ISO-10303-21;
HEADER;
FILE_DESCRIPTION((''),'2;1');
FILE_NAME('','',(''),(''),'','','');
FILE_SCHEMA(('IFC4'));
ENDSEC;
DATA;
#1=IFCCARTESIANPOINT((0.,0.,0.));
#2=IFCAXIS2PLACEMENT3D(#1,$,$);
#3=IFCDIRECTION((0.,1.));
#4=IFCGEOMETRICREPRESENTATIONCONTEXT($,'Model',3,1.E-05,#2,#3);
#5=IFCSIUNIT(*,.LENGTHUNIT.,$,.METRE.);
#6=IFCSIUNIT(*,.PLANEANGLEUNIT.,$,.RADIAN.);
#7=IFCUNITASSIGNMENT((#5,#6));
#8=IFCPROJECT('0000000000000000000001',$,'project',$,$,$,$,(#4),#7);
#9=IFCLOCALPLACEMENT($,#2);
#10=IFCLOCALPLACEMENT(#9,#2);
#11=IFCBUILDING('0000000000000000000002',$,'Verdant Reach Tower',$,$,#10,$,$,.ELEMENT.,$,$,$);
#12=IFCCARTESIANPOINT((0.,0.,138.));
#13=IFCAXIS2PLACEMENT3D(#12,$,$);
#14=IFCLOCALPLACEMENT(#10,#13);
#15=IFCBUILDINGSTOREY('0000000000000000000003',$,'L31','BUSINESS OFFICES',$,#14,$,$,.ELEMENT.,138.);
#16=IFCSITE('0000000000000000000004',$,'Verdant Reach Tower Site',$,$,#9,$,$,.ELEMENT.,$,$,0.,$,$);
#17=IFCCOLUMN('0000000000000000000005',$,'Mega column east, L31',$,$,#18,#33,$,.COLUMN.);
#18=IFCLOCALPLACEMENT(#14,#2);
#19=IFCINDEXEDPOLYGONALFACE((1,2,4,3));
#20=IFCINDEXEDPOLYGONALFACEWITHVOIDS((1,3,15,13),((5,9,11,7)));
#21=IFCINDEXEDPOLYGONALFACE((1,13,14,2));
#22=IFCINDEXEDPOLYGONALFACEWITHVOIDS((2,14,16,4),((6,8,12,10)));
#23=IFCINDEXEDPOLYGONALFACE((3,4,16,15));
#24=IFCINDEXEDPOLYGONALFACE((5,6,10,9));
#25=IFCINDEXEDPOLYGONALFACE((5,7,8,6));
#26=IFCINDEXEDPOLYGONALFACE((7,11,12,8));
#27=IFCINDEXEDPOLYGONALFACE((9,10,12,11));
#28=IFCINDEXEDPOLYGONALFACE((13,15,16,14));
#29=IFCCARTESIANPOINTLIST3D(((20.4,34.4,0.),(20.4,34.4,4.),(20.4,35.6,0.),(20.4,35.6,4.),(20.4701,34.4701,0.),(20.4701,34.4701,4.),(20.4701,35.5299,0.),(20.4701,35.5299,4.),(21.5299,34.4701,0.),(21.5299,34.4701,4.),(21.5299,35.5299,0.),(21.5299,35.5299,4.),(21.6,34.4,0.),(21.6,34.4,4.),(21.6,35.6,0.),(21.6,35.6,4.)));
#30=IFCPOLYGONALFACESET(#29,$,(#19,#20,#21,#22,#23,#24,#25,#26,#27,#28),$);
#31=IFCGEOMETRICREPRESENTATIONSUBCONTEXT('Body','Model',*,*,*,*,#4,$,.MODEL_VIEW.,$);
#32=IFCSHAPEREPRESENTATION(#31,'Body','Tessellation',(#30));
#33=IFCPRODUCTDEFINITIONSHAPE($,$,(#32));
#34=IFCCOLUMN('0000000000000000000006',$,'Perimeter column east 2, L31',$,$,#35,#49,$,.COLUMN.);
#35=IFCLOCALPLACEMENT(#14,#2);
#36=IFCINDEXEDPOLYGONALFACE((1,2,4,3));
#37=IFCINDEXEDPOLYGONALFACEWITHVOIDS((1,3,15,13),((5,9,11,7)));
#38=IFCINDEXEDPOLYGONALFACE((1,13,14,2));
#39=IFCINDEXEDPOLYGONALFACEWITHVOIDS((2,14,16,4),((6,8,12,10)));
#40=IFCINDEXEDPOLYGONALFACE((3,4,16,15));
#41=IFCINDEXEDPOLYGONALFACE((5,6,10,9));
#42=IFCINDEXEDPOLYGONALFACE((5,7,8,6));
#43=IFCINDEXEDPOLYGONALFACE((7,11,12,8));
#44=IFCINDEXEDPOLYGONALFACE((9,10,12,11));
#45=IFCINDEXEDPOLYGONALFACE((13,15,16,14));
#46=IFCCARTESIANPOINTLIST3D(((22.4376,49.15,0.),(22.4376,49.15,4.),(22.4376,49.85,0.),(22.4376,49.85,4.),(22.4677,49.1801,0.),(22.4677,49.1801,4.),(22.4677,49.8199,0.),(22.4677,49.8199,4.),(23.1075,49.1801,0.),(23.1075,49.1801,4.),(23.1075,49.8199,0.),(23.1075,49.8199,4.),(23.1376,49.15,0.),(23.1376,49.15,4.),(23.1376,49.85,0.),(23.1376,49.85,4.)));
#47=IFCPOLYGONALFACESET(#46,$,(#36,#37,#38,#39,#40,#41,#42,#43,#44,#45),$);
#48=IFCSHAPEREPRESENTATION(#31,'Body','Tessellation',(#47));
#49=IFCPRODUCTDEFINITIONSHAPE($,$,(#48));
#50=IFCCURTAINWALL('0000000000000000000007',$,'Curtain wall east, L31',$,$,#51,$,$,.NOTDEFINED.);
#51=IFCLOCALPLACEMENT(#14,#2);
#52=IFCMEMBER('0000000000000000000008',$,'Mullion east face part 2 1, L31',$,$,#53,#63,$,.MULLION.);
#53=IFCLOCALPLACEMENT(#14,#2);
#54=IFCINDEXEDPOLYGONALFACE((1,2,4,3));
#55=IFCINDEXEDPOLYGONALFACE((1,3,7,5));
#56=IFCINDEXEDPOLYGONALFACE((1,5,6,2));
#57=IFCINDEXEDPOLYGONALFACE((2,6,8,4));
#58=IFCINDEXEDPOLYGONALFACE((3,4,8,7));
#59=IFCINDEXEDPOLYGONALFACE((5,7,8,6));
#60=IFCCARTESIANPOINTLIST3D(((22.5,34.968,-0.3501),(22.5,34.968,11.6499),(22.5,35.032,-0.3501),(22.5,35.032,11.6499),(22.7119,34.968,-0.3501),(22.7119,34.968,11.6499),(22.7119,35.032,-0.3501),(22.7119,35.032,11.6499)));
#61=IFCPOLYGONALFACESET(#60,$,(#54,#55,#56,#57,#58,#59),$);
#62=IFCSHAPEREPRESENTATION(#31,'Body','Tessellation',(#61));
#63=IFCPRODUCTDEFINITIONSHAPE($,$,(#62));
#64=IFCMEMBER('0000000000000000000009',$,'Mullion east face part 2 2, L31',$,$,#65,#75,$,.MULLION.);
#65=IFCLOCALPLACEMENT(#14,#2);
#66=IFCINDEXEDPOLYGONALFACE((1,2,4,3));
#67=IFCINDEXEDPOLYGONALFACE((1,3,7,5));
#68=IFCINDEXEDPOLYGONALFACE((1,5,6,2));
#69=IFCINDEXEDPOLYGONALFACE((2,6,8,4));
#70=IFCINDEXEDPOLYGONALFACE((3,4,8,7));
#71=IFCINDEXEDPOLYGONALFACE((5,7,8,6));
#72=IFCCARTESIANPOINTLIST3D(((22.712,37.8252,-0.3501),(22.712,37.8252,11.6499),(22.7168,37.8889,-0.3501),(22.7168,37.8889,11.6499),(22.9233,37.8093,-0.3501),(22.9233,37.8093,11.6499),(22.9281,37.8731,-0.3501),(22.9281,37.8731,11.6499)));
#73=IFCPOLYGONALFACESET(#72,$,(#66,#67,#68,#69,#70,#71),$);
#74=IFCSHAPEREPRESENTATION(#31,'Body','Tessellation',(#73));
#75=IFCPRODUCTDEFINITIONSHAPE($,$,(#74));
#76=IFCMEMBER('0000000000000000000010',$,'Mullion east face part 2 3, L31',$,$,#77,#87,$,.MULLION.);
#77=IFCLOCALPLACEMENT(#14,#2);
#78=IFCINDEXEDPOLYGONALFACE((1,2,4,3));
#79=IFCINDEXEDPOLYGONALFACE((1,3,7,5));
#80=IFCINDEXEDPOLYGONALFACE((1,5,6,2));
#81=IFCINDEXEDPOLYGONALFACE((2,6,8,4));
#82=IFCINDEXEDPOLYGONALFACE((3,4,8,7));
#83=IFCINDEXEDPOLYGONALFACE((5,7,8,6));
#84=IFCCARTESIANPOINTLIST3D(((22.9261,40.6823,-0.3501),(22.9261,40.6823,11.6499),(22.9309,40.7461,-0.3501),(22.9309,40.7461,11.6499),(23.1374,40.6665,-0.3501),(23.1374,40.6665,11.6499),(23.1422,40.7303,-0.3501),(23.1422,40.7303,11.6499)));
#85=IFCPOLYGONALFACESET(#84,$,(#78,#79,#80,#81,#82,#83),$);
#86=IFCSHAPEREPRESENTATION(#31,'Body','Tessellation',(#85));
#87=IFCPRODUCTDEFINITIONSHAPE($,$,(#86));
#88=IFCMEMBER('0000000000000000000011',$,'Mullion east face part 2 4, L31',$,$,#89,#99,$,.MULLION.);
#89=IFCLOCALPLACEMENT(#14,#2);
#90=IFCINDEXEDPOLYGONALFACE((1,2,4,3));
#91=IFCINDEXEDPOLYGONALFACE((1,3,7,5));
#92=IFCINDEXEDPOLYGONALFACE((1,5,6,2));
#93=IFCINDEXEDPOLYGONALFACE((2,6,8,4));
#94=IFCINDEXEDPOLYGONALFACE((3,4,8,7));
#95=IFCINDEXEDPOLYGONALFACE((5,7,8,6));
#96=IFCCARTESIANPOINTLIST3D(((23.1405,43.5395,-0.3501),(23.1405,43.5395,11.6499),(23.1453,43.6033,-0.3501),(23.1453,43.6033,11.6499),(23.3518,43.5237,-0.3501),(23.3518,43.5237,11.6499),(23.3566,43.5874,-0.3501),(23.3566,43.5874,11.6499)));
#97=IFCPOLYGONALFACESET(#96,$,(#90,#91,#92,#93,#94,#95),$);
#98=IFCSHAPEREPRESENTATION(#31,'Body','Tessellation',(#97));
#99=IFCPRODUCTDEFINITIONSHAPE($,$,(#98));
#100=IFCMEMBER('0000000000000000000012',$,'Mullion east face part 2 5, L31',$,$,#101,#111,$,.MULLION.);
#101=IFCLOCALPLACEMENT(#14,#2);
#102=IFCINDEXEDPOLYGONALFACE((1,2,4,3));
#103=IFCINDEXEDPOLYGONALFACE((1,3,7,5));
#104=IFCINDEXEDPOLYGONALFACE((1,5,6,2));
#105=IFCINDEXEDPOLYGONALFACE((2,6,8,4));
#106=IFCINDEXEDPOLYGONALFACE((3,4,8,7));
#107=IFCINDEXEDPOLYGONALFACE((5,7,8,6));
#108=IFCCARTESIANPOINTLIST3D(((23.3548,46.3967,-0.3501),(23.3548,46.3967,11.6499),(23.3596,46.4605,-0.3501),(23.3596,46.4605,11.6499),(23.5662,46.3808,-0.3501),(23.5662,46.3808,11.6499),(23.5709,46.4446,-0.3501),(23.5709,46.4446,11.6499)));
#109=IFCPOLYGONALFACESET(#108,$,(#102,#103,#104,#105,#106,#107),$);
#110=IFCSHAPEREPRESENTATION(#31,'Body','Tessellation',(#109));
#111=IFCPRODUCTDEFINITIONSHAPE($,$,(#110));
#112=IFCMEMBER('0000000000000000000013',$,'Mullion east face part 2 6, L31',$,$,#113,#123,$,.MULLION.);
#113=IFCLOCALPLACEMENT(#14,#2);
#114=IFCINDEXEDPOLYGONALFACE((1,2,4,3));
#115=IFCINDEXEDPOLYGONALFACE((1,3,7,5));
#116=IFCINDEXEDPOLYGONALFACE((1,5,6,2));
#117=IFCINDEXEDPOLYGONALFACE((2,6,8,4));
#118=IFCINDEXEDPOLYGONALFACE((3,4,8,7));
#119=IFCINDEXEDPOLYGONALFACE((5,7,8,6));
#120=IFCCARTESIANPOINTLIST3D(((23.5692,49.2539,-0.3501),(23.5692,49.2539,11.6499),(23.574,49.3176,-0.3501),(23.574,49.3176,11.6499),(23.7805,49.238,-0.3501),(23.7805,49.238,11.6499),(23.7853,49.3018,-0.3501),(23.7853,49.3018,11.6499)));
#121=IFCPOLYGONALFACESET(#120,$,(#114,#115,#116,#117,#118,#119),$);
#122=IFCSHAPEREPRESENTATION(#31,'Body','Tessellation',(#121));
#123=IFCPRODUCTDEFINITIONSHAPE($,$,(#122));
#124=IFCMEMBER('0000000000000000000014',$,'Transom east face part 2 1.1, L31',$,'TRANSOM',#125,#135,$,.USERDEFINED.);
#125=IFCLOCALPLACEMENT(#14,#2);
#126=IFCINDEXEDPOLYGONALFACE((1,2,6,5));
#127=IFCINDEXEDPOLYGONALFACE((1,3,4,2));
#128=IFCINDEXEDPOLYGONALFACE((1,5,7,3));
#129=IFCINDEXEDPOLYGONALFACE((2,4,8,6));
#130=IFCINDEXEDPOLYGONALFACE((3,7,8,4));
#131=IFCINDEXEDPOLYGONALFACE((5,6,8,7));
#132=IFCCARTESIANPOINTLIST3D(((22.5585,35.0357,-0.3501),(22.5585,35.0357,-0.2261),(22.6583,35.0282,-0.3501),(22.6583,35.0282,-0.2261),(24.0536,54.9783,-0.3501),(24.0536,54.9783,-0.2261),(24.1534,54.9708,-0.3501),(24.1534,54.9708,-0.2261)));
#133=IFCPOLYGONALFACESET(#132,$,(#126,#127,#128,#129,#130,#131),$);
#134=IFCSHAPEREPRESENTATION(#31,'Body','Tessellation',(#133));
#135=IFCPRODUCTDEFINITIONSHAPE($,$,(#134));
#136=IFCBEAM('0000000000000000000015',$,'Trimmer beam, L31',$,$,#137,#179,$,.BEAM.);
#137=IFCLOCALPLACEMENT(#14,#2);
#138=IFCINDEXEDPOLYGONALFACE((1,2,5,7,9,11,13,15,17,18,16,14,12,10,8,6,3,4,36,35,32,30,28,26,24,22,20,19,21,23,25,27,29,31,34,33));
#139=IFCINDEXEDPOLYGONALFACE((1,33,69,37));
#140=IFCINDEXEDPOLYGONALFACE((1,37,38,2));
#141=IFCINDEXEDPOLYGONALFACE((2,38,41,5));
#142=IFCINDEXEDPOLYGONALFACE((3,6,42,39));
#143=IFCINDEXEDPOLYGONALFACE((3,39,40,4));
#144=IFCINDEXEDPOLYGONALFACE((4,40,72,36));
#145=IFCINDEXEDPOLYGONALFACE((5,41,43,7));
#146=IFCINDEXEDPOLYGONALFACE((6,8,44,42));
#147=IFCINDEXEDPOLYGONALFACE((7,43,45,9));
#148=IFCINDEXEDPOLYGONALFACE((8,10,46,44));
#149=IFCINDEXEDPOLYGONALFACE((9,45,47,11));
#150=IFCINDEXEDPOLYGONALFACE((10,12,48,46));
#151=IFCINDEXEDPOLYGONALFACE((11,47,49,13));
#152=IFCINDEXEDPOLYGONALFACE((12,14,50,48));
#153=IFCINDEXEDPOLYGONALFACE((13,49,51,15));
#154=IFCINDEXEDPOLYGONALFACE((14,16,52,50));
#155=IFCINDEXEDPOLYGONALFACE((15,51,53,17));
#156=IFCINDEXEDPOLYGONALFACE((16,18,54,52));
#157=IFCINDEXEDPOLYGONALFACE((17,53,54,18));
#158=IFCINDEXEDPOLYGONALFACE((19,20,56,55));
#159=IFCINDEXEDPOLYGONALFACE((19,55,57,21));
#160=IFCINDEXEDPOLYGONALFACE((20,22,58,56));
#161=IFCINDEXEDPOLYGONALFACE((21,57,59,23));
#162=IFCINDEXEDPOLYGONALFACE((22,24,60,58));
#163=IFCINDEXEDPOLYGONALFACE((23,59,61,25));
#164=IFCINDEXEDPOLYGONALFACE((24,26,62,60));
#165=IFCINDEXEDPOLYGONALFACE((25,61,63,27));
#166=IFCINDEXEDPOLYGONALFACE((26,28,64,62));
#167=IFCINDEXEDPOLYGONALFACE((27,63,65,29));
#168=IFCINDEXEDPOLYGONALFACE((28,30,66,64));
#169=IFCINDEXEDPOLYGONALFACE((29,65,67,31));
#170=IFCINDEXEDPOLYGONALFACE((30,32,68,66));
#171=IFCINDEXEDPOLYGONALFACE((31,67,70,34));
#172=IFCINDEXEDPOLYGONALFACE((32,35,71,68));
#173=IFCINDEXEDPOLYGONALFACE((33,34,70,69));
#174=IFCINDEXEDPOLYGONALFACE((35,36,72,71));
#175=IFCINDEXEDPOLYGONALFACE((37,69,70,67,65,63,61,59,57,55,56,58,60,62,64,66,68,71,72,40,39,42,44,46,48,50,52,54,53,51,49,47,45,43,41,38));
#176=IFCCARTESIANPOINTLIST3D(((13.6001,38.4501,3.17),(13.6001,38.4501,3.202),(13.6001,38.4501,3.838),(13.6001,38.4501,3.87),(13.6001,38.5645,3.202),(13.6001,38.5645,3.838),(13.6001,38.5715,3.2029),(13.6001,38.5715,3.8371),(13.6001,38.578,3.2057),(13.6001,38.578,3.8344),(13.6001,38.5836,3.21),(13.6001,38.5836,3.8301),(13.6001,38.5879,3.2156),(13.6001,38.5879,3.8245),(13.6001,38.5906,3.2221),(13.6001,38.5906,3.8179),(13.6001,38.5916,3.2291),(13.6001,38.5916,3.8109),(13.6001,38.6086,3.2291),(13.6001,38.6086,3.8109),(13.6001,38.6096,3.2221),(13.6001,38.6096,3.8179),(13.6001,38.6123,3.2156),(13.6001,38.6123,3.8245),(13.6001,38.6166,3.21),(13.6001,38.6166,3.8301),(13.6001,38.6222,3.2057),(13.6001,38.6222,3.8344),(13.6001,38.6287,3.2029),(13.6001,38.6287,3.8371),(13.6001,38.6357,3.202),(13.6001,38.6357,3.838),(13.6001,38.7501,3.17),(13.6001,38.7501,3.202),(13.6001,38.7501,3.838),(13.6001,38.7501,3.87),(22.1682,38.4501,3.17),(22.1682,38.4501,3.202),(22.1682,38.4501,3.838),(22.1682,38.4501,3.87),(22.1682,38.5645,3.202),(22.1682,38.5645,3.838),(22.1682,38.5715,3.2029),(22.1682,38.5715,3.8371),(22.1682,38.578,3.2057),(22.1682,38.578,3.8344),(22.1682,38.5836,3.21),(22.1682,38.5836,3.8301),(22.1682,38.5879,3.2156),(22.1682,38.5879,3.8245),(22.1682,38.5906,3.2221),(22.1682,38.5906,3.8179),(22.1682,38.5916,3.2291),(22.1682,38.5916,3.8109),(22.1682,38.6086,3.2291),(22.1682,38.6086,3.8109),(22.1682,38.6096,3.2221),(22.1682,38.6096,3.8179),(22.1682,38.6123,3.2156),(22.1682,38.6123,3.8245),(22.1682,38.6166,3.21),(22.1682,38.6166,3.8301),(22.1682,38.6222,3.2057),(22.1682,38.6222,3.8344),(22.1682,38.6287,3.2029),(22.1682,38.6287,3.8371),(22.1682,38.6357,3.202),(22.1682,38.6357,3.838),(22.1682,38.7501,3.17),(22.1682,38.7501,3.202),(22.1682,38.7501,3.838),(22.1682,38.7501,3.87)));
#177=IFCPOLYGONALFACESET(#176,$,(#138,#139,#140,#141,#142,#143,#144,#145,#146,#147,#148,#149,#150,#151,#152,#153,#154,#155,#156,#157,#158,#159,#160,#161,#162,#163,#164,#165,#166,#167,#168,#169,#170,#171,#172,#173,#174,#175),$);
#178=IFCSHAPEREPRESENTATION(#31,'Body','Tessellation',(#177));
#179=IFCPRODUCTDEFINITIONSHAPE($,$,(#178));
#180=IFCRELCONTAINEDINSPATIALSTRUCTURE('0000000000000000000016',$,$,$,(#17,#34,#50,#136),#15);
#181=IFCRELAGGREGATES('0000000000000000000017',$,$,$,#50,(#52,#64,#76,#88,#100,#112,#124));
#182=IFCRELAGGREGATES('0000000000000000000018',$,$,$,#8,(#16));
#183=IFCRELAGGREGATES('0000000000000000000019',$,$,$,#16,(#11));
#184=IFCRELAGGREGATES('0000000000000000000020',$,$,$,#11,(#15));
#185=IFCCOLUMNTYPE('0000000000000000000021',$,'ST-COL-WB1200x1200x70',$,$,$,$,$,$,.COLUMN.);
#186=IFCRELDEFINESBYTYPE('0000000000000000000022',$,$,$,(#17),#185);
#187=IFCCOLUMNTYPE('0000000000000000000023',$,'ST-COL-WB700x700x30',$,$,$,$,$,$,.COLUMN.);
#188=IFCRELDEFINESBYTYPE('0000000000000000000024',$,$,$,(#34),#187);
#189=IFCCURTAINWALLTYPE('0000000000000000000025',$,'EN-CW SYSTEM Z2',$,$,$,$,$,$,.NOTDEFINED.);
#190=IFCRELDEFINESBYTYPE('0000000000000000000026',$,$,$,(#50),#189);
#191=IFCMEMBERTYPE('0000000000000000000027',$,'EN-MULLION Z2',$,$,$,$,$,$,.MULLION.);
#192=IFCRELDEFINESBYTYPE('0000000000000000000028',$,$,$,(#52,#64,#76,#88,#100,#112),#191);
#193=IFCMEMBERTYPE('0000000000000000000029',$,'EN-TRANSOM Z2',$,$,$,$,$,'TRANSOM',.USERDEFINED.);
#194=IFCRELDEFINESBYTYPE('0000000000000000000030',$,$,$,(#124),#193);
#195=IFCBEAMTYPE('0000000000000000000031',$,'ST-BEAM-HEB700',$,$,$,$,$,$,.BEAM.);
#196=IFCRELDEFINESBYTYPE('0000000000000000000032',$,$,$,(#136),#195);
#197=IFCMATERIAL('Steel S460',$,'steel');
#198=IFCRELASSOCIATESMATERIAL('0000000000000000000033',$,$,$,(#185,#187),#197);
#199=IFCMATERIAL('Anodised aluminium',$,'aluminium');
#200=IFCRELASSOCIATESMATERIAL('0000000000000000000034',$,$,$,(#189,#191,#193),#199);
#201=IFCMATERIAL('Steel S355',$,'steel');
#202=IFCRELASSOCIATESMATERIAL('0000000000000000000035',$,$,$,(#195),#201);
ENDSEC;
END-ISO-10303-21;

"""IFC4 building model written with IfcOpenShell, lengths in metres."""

from ifc_helpers import new_model, si_unit, direction, frame, origin, origin_2d, place, context, subcontext, project, spatial, rectangle, hollow_rectangle, i_section, extrude, material, material_profile, profile_set, type_object, element, aggregate, save


model = new_model("IFC4")

# Units and contexts
model_context = context("Model", 3, precision=1e-05, world=origin(), true_north=direction((0.0, 1.0)))
body_context = subcontext(model_context, "Body", "Model", "MODEL_VIEW")
ifc_project = project(units=[si_unit("LENGTHUNIT", "METRE"), si_unit("PLANEANGLEUNIT", "RADIAN")], contexts=[model_context])

# Site, building, storey
site_placement = place(None, origin())
site = spatial("IfcSite", under=ifc_project, at=site_placement, Name="Verdant Reach Tower Site", CompositionType="ELEMENT", RefElevation=0.0)
building_placement = place(site_placement, origin())
building = spatial("IfcBuilding", under=site, at=building_placement, Name="Verdant Reach Tower", CompositionType="ELEMENT")
storey_placement = place(building_placement, frame((0.0, 0.0, 138.0)))
storey = spatial("IfcBuildingStorey", under=building, at=storey_placement, Name="L31", Description="BUSINESS OFFICES", CompositionType="ELEMENT", Elevation=138.0)

# Columns
ifc_material_1 = material(Name="Steel S460", Category="steel")
ifc_material_profile_1 = material_profile(ifc_material_1, hollow_rectangle(XDim=1.2, YDim=1.2, WallThickness=0.0701, at=origin_2d()), Name="WB 1200x1200x70")
ifc_profile_set_1 = profile_set([ifc_material_profile_1], Name="Steel S460")
column_type_1 = type_object("IfcColumnType", Name="ST-COL-WB1200x1200x70", PredefinedType="COLUMN", material=ifc_profile_set_1)
column_1_placement = place(storey_placement, frame((21.0, 35.0, 0.0), z_axis=(0.0, 0.0, 1.0), x_axis=(1.0, 0.0, 0.0)))
element("IfcColumn", 1, at=column_1_placement, inside=storey, type_object=column_type_1, Name="Mega column east, L31", PredefinedType="COLUMN", context=body_context, shape_type="SweptSolid", body=[
    extrude(hollow_rectangle(XDim=1.2, YDim=1.2, WallThickness=0.0701, at=origin_2d()), origin(), (0.0, 0.0, 1.0), 4.0),
])
ifc_material_profile_2 = material_profile(ifc_material_1, hollow_rectangle(XDim=0.7, YDim=0.7, WallThickness=0.03, at=origin_2d()), Name="WB 700x700x30")
ifc_profile_set_2 = profile_set([ifc_material_profile_2], Name="Steel S460")
column_type_2 = type_object("IfcColumnType", Name="ST-COL-WB700x700x30", PredefinedType="COLUMN", material=ifc_profile_set_2)
column_2_placement = place(storey_placement, frame((22.7876, 49.5, 0.0), z_axis=(0.0, 0.0, 1.0), x_axis=(1.0, 0.0, 0.0)))
element("IfcColumn", 2, at=column_2_placement, inside=storey, type_object=column_type_2, Name="Perimeter column east 2, L31", PredefinedType="COLUMN", context=body_context, shape_type="SweptSolid", body=[
    extrude(hollow_rectangle(XDim=0.7, YDim=0.7, WallThickness=0.03, at=origin_2d()), origin(), (0.0, 0.0, 1.0), 4.0),
])

# Curtain wall, members
ifc_material_2 = material(Name="Anodised aluminium", Category="aluminium")
curtain_wall_type = type_object("IfcCurtainWallType", Name="EN-CW SYSTEM Z2", PredefinedType="NOTDEFINED", material=ifc_material_2)
curtain_wall_placement = place(storey_placement, origin())
curtain_wall = element("IfcCurtainWall", 3, at=curtain_wall_placement, inside=storey, type_object=curtain_wall_type, Name="Curtain wall east, L31", PredefinedType="NOTDEFINED")
ifc_material_profile_3 = material_profile(ifc_material_2, rectangle(XDim=0.2119, YDim=0.064, at=origin_2d()), Name="Mullion 64x212")
ifc_profile_set_3 = profile_set([ifc_material_profile_3], Name="Anodised aluminium")
member_type_1 = type_object("IfcMemberType", Name="EN-MULLION Z2", PredefinedType="MULLION", material=ifc_profile_set_3)
member_1_placement = place(storey_placement, frame((22.606, 35.0, -0.3501), z_axis=(0.0, 0.0, 1.0), x_axis=(1.0, 0.0, 0.0)))
member_1 = element("IfcMember", 4, at=member_1_placement, type_object=member_type_1, Name="Mullion east face part 2 1, L31", PredefinedType="MULLION", context=body_context, shape_type="SweptSolid", body=[
    extrude(rectangle(XDim=0.2119, YDim=0.064, at=origin_2d()), origin(), (0.0, 0.0, 1.0), 12.0),
])
member_2_placement = place(storey_placement, frame((22.8201, 37.8491, -0.3501), z_axis=(0.0, 0.0, 1.0), x_axis=(0.997199, -0.07479, 0.0)))
member_2 = element("IfcMember", 5, at=member_2_placement, type_object=member_type_1, Name="Mullion east face part 2 2, L31", PredefinedType="MULLION", context=body_context, shape_type="SweptSolid", body=[
    extrude(rectangle(XDim=0.2119, YDim=0.064, at=origin_2d()), origin(), (0.0, 0.0, 1.0), 12.0),
])
member_3_placement = place(storey_placement, frame((23.0342, 40.7063, -0.3501), z_axis=(0.0, 0.0, 1.0), x_axis=(0.997199, -0.07479, 0.0)))
member_3 = element("IfcMember", 6, at=member_3_placement, type_object=member_type_1, Name="Mullion east face part 2 3, L31", PredefinedType="MULLION", context=body_context, shape_type="SweptSolid", body=[
    extrude(rectangle(XDim=0.2119, YDim=0.064, at=origin_2d()), origin(), (0.0, 0.0, 1.0), 12.0),
])
member_4_placement = place(storey_placement, frame((23.2485, 43.5635, -0.3501), z_axis=(0.0, 0.0, 1.0), x_axis=(0.997199, -0.07479, 0.0)))
member_4 = element("IfcMember", 7, at=member_4_placement, type_object=member_type_1, Name="Mullion east face part 2 4, L31", PredefinedType="MULLION", context=body_context, shape_type="SweptSolid", body=[
    extrude(rectangle(XDim=0.2119, YDim=0.064, at=origin_2d()), origin(), (0.0, 0.0, 1.0), 12.0),
])
member_5_placement = place(storey_placement, frame((23.4629, 46.4207, -0.3501), z_axis=(0.0, 0.0, 1.0), x_axis=(0.997199, -0.07479, 0.0)))
member_5 = element("IfcMember", 8, at=member_5_placement, type_object=member_type_1, Name="Mullion east face part 2 5, L31", PredefinedType="MULLION", context=body_context, shape_type="SweptSolid", body=[
    extrude(rectangle(XDim=0.2119, YDim=0.064, at=origin_2d()), origin(), (0.0, 0.0, 1.0), 12.0),
])
member_6_placement = place(storey_placement, frame((23.6772, 49.2778, -0.3501), z_axis=(0.0, 0.0, 1.0), x_axis=(0.997199, -0.07479, 0.0)))
member_6 = element("IfcMember", 9, at=member_6_placement, type_object=member_type_1, Name="Mullion east face part 2 6, L31", PredefinedType="MULLION", context=body_context, shape_type="SweptSolid", body=[
    extrude(rectangle(XDim=0.2119, YDim=0.064, at=origin_2d()), origin(), (0.0, 0.0, 1.0), 12.0),
])
ifc_material_profile_4 = material_profile(ifc_material_2, rectangle(XDim=0.1001, YDim=0.124, at=origin_2d()), Name="Transom 124x100")
ifc_profile_set_4 = profile_set([ifc_material_profile_4], Name="Anodised aluminium")
member_type_2 = type_object("IfcMemberType", Name="EN-TRANSOM Z2", ElementType="TRANSOM", PredefinedType="USERDEFINED", material=ifc_profile_set_4)
member_7_placement = place(storey_placement, frame((22.6084, 35.032, -0.2881), z_axis=(0.074761, 0.997201, 0.0), x_axis=(-0.997201, 0.074761, 0.0)))
member_7 = element("IfcMember", 10, at=member_7_placement, type_object=member_type_2, Name="Transom east face part 2 1.1, L31", ObjectType="TRANSOM", PredefinedType="USERDEFINED", context=body_context, shape_type="SweptSolid", body=[
    extrude(rectangle(XDim=0.1001, YDim=0.124, at=origin_2d()), origin(), (0.0, 0.0, 1.0), 19.9985),
])

# Beam
ifc_material_3 = material(Name="Steel S355", Category="steel")
ifc_material_profile_5 = material_profile(ifc_material_3, i_section(OverallWidth=0.3, OverallDepth=0.7, WebThickness=0.0171, FlangeThickness=0.032, FilletRadius=0.0271, at=origin_2d()), Name="HEB 700")
ifc_profile_set_5 = profile_set([ifc_material_profile_5], Name="Steel S355")
beam_type_1 = type_object("IfcBeamType", Name="ST-BEAM-HEB700", PredefinedType="BEAM", material=ifc_profile_set_5)
beam_1_placement = place(storey_placement, frame((13.6001, 38.6001, 3.52), z_axis=(1.0, 0.0, 0.0), x_axis=(0.0, 1.0, 0.0)))
element("IfcBeam", 11, at=beam_1_placement, inside=storey, type_object=beam_type_1, Name="Trimmer beam, L31", PredefinedType="BEAM", context=body_context, shape_type="SweptSolid", body=[
    extrude(i_section(OverallWidth=0.3, OverallDepth=0.7, WebThickness=0.0171, FlangeThickness=0.032, FilletRadius=0.0271, at=origin_2d()), origin(), (0.0, 0.0, 1.0), 8.5681),
])

aggregate(curtain_wall, [member_1, member_2, member_3, member_4, member_5, member_6, member_7])

save(model, "model.ifc")
